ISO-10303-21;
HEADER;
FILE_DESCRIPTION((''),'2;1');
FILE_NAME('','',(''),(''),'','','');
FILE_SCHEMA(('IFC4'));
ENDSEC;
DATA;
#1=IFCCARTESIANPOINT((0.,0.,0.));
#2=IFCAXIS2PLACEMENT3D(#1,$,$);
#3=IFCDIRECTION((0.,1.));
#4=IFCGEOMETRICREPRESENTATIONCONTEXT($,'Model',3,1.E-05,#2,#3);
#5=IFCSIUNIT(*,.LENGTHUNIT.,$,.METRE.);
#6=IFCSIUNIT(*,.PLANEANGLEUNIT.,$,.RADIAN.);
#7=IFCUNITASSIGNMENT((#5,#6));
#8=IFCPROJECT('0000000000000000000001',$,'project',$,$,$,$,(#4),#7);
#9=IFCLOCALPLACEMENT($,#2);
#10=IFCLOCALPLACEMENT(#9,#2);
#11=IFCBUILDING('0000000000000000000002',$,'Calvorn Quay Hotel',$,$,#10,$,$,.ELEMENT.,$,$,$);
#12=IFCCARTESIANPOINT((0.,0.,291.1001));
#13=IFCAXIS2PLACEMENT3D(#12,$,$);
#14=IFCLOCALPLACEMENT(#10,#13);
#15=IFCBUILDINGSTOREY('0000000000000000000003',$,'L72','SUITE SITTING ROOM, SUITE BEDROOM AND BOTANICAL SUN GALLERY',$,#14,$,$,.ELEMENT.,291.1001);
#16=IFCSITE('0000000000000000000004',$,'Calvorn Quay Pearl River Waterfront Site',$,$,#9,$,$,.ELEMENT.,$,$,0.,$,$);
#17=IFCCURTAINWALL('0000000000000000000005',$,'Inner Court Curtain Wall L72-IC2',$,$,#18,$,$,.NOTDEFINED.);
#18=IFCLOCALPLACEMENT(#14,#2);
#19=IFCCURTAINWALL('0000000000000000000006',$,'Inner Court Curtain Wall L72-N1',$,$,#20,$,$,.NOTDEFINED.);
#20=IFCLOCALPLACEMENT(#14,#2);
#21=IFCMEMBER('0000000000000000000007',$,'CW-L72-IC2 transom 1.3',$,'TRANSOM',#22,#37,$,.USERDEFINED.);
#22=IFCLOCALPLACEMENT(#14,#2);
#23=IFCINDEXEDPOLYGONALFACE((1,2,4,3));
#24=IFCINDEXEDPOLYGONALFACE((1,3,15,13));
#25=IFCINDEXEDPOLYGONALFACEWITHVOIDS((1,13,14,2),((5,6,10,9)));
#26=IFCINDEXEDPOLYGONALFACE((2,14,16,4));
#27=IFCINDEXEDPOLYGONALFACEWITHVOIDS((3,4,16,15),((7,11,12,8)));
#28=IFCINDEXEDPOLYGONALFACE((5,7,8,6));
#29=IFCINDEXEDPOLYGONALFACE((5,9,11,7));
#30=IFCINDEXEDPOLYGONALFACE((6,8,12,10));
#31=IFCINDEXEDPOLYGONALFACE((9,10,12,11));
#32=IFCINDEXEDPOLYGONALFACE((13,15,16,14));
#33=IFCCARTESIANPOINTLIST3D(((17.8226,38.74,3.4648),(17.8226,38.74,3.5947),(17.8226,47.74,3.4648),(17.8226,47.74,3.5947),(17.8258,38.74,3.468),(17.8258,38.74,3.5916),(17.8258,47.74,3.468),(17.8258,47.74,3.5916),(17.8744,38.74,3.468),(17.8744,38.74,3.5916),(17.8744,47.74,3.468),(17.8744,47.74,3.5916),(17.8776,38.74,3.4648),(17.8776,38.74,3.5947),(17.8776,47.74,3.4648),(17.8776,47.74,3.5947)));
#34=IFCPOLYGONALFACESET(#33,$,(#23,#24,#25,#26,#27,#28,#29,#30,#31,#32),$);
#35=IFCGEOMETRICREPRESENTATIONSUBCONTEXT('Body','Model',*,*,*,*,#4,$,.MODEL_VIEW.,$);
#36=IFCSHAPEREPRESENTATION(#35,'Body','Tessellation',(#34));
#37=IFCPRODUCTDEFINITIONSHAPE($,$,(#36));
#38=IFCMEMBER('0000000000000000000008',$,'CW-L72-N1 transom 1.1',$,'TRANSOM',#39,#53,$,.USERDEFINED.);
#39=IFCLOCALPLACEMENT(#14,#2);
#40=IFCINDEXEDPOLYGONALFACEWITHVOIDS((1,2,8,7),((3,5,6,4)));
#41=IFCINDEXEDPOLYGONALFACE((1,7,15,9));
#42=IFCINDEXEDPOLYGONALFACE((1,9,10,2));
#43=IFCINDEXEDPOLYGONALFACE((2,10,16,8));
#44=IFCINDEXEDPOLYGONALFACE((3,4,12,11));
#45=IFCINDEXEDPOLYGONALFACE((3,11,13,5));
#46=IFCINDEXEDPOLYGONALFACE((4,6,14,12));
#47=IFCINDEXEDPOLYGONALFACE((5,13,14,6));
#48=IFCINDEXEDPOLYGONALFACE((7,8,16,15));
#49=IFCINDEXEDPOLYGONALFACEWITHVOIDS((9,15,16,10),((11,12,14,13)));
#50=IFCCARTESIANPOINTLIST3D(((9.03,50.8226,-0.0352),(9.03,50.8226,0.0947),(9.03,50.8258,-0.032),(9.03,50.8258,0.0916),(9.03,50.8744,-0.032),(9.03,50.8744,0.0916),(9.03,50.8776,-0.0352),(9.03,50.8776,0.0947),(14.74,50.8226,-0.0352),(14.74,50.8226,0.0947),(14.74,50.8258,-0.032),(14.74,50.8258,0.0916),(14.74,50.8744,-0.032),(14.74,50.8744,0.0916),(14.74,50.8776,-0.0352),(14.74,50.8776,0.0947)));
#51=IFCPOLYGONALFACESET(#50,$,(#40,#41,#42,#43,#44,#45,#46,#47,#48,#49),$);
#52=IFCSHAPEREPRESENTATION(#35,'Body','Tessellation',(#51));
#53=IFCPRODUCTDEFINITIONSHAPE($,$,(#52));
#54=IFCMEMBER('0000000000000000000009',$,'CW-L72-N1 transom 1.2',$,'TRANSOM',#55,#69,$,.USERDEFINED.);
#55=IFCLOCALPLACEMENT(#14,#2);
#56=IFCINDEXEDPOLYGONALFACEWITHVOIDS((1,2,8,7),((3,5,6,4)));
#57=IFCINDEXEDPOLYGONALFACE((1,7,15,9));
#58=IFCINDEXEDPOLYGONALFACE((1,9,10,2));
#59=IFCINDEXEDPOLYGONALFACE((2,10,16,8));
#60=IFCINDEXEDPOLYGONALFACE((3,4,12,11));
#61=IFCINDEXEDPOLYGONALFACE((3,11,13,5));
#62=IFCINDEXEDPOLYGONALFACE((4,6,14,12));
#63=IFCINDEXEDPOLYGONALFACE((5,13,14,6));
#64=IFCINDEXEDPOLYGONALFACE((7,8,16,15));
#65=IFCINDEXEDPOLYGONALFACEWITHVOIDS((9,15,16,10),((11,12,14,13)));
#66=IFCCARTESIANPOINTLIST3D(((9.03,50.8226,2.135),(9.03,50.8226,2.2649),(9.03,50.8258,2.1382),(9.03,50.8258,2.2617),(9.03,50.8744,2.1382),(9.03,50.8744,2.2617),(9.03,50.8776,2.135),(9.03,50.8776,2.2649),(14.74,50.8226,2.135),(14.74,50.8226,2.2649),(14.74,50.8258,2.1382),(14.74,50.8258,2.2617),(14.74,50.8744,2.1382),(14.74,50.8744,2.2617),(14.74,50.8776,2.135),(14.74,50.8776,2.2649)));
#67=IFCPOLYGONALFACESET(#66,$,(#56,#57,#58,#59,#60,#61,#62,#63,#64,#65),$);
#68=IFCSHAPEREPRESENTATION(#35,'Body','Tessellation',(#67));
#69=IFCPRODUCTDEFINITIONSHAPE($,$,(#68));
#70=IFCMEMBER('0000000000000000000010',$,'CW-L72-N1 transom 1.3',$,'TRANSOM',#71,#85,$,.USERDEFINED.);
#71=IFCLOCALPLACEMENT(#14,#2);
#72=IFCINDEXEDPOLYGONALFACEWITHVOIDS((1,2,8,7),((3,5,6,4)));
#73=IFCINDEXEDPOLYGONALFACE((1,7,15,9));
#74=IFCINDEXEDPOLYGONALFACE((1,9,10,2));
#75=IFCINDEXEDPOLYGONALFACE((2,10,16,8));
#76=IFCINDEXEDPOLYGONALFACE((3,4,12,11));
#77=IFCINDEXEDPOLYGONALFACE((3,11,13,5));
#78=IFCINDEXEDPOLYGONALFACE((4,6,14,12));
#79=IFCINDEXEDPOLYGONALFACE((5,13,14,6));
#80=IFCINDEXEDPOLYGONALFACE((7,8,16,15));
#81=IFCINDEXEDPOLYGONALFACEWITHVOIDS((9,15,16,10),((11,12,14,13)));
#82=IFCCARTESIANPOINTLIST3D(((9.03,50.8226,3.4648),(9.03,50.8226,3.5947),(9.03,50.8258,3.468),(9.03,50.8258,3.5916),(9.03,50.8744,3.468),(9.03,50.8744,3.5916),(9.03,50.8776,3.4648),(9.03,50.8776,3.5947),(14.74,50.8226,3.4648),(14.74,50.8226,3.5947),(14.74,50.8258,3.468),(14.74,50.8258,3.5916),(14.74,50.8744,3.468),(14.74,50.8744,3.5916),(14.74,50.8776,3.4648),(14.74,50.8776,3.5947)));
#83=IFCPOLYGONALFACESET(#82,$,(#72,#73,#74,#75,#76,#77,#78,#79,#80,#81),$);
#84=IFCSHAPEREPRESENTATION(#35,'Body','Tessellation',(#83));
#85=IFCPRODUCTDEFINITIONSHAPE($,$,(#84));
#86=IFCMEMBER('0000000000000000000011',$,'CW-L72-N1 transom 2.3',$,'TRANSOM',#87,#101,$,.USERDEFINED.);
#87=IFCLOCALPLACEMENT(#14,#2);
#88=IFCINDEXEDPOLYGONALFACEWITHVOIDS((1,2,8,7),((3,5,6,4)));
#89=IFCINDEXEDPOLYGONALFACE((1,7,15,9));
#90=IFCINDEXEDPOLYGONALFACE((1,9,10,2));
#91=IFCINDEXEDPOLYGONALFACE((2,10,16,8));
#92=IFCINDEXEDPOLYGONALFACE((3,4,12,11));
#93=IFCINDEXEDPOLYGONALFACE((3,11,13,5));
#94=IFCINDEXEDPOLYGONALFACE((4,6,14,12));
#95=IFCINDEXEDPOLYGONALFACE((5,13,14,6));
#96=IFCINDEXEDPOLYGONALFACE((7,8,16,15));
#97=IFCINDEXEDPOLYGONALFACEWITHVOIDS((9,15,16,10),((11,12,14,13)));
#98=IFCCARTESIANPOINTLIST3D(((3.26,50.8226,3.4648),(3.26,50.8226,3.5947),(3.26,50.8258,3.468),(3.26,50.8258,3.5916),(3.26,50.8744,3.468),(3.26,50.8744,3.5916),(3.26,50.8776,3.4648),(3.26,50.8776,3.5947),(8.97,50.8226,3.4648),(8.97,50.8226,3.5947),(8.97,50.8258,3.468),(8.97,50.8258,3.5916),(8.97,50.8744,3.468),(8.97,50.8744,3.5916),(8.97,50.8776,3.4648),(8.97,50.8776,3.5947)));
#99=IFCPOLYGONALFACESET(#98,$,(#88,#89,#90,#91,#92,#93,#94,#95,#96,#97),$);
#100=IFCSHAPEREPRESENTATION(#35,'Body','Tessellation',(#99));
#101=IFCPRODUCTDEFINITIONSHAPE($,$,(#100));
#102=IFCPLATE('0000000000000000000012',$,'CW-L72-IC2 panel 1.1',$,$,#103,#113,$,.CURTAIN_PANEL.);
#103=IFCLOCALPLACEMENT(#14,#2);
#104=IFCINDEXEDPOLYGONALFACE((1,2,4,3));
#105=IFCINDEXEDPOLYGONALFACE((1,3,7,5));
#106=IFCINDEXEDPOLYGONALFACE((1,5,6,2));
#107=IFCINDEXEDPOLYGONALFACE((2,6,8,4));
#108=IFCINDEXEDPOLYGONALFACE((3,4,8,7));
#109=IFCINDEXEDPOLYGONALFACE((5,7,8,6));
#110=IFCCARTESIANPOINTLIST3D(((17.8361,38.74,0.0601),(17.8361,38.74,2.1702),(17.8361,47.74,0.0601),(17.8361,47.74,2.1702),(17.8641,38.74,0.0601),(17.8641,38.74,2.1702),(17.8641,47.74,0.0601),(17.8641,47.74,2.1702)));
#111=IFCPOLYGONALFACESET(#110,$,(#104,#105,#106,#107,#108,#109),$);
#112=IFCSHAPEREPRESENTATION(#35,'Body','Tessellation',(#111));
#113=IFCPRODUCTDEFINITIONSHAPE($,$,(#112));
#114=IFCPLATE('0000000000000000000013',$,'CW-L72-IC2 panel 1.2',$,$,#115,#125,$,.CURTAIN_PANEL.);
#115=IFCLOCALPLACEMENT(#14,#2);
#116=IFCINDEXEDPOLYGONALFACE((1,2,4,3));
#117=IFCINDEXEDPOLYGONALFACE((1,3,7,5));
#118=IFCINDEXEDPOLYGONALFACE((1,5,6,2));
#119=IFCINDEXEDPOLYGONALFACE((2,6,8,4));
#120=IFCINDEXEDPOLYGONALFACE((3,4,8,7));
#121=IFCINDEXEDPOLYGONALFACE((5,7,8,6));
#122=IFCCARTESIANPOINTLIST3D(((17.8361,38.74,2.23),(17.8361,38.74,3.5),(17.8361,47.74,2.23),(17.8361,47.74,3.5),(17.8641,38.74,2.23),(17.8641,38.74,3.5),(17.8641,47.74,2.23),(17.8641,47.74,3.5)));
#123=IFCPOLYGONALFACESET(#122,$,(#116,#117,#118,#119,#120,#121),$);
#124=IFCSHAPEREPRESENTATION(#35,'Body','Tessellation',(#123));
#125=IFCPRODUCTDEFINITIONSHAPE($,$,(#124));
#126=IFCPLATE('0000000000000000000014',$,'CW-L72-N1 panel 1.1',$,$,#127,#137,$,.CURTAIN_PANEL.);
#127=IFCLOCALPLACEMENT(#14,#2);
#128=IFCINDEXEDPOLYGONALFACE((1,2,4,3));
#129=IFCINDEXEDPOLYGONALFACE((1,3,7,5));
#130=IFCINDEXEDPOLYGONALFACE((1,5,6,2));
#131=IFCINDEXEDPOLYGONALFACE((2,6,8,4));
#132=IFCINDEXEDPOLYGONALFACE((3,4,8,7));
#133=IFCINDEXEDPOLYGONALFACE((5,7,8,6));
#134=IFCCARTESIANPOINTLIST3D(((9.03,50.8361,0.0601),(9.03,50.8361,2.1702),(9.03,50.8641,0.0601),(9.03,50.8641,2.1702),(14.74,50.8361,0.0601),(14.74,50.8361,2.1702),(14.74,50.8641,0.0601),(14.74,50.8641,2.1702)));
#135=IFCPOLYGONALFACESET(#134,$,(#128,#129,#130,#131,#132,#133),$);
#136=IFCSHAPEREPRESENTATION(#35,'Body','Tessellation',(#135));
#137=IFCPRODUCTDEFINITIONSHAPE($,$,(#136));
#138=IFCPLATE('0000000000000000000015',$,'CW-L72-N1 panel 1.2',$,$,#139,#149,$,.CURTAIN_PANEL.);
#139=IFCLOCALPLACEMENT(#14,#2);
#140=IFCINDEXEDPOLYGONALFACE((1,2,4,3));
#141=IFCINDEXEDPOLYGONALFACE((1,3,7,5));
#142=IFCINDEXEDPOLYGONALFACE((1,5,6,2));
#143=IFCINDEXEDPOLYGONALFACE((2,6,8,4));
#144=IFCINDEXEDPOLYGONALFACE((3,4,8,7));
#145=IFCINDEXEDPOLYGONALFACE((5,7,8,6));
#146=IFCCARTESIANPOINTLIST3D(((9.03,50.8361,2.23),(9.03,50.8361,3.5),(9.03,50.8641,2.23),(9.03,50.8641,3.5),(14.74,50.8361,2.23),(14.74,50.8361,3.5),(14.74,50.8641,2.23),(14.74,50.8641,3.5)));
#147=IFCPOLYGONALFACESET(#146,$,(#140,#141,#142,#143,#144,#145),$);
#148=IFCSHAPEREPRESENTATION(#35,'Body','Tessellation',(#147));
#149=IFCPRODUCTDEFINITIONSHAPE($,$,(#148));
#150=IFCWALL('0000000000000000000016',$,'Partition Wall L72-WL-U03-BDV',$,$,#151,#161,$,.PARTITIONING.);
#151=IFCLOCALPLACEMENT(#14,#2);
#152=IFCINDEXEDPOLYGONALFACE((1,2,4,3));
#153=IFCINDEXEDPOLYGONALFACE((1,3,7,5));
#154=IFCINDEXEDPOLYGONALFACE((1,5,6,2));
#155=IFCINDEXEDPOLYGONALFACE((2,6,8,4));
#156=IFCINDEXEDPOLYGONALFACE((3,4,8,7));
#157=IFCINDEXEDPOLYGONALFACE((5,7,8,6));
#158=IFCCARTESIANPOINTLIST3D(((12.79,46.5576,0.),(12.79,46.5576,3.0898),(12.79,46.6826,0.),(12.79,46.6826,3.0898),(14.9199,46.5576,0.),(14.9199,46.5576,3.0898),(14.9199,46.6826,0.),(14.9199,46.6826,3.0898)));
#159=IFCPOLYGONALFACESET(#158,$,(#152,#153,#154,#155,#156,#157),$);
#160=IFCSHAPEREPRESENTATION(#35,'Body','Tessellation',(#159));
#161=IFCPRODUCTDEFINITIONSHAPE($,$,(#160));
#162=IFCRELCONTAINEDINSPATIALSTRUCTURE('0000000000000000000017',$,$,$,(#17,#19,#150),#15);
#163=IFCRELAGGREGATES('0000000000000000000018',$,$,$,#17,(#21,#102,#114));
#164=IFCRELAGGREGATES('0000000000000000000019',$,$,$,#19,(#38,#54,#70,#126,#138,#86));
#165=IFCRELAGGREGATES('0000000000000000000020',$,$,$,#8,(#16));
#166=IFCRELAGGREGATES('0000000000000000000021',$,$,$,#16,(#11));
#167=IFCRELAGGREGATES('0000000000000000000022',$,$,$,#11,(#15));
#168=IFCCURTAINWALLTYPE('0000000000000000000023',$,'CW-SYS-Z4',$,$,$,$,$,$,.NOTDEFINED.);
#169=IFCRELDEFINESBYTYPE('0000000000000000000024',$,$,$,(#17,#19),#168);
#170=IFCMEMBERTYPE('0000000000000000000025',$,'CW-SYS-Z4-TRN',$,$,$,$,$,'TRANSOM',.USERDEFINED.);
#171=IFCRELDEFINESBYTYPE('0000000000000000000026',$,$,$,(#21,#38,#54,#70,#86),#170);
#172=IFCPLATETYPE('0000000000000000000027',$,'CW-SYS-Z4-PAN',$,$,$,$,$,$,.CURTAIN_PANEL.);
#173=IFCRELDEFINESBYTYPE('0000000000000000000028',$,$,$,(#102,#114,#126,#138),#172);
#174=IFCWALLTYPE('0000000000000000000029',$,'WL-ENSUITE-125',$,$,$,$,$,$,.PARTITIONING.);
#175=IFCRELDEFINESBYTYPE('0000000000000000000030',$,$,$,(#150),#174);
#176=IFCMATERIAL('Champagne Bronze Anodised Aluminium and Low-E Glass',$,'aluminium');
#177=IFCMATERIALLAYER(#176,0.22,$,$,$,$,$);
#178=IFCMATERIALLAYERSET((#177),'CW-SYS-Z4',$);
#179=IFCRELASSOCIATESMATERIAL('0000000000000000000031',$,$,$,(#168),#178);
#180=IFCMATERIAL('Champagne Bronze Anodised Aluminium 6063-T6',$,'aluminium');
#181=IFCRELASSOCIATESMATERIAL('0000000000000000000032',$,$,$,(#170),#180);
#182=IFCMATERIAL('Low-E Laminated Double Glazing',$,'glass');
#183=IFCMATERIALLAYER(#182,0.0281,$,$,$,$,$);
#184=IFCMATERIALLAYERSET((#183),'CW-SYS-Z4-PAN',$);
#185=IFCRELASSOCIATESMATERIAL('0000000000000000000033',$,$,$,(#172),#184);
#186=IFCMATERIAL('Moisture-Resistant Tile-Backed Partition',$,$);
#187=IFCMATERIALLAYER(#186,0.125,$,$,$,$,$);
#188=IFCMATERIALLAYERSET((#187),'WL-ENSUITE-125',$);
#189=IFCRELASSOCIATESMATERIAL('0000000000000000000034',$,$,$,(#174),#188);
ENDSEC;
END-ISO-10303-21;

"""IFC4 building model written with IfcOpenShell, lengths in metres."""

from ifc_helpers import new_model, si_unit, direction, frame, frame_2d, origin, origin_2d, place, context, subcontext, project, spatial, rectangle, hollow_rectangle, extrude, material, layer, layer_set, material_profile, profile_set, type_object, element, aggregate, save


model = new_model("IFC4")

# Units and contexts
model_context = context("Model", 3, precision=1e-05, world=origin(), true_north=direction((0.0, 1.0)))
body_context = subcontext(model_context, "Body", "Model", "MODEL_VIEW")
ifc_project = project(units=[si_unit("LENGTHUNIT", "METRE"), si_unit("PLANEANGLEUNIT", "RADIAN")], contexts=[model_context])

# Site, building, storey
site_placement = place(None, origin())
site = spatial("IfcSite", under=ifc_project, at=site_placement, Name="Calvorn Quay Pearl River Waterfront Site", CompositionType="ELEMENT", RefElevation=0.0)
building_placement = place(site_placement, origin())
building = spatial("IfcBuilding", under=site, at=building_placement, Name="Calvorn Quay Hotel", CompositionType="ELEMENT")
storey_placement = place(building_placement, frame((0.0, 0.0, 291.1001)))
storey = spatial("IfcBuildingStorey", under=building, at=storey_placement, Name="L72", Description="SUITE SITTING ROOM, SUITE BEDROOM AND BOTANICAL SUN GALLERY", CompositionType="ELEMENT", Elevation=291.1001)

# Shared definitions
ifc_material_1 = material(Name="Champagne Bronze Anodised Aluminium and Low-E Glass", Category="aluminium")
ifc_layer_1 = layer(ifc_material_1, 0.22)
ifc_layer_set_1 = layer_set([ifc_layer_1], Name="CW-SYS-Z4")
curtain_wall_type = type_object("IfcCurtainWallType", Name="CW-SYS-Z4", PredefinedType="NOTDEFINED", material=ifc_layer_set_1)

# Curtain walls
curtain_wall_1_placement = place(storey_placement, origin())
curtain_wall_1 = element("IfcCurtainWall", 1, at=curtain_wall_1_placement, inside=storey, type_object=curtain_wall_type, Name="Inner Court Curtain Wall L72-IC2", PredefinedType="NOTDEFINED")
curtain_wall_2_placement = place(storey_placement, origin())
curtain_wall_2 = element("IfcCurtainWall", 2, at=curtain_wall_2_placement, inside=storey, type_object=curtain_wall_type, Name="Inner Court Curtain Wall L72-N1", PredefinedType="NOTDEFINED")

# Members
ifc_material_2 = material(Name="Champagne Bronze Anodised Aluminium 6063-T6", Category="aluminium")
ifc_material_profile_1 = material_profile(ifc_material_2, hollow_rectangle(XDim=0.0549, YDim=0.1299, WallThickness=0.0032, at=origin_2d()), Name="ALU-T130x55x3.2")
ifc_profile_set_1 = profile_set([ifc_material_profile_1], Name="Champagne Bronze Anodised Aluminium 6063-T6")
member_type_1 = type_object("IfcMemberType", Name="CW-SYS-Z4-TRN", ElementType="TRANSOM", PredefinedType="USERDEFINED", material=ifc_profile_set_1)
member_1_placement = place(storey_placement, frame((17.8501, 38.74, 3.5298), z_axis=(0.0, 1.0, 0.0), x_axis=(-1.0, 0.0, 0.0)))
member_1 = element("IfcMember", 3, at=member_1_placement, type_object=member_type_1, Name="CW-L72-IC2 transom 1.3", ObjectType="TRANSOM", PredefinedType="USERDEFINED", context=body_context, shape_type="SweptSolid", body=[
    extrude(hollow_rectangle(XDim=0.0549, YDim=0.1299, WallThickness=0.0032, at=origin_2d()), origin(), (0.0, 0.0, 1.0), 9.0),
])
member_2_placement = place(storey_placement, frame((14.74, 50.8501, 0.0298), z_axis=(-1.0, 0.0, 0.0), x_axis=(0.0, -1.0, 0.0)))
member_2 = element("IfcMember", 4, at=member_2_placement, type_object=member_type_1, Name="CW-L72-N1 transom 1.1", ObjectType="TRANSOM", PredefinedType="USERDEFINED", context=body_context, shape_type="SweptSolid", body=[
    extrude(hollow_rectangle(XDim=0.0549, YDim=0.1299, WallThickness=0.0032, at=origin_2d()), origin(), (0.0, 0.0, 1.0), 5.71),
])
member_3_placement = place(storey_placement, frame((14.74, 50.8501, 2.2), z_axis=(-1.0, 0.0, 0.0), x_axis=(0.0, -1.0, 0.0)))
member_3 = element("IfcMember", 5, at=member_3_placement, type_object=member_type_1, Name="CW-L72-N1 transom 1.2", ObjectType="TRANSOM", PredefinedType="USERDEFINED", context=body_context, shape_type="SweptSolid", body=[
    extrude(hollow_rectangle(XDim=0.0549, YDim=0.1299, WallThickness=0.0032, at=origin_2d()), origin(), (0.0, 0.0, 1.0), 5.71),
])
member_4_placement = place(storey_placement, frame((14.74, 50.8501, 3.5298), z_axis=(-1.0, 0.0, 0.0), x_axis=(0.0, -1.0, 0.0)))
member_4 = element("IfcMember", 6, at=member_4_placement, type_object=member_type_1, Name="CW-L72-N1 transom 1.3", ObjectType="TRANSOM", PredefinedType="USERDEFINED", context=body_context, shape_type="SweptSolid", body=[
    extrude(hollow_rectangle(XDim=0.0549, YDim=0.1299, WallThickness=0.0032, at=origin_2d()), origin(), (0.0, 0.0, 1.0), 5.71),
])
member_5_placement = place(storey_placement, frame((8.97, 50.8501, 3.5298), z_axis=(-1.0, 0.0, 0.0), x_axis=(0.0, -1.0, 0.0)))
member_5 = element("IfcMember", 7, at=member_5_placement, type_object=member_type_1, Name="CW-L72-N1 transom 2.3", ObjectType="TRANSOM", PredefinedType="USERDEFINED", context=body_context, shape_type="SweptSolid", body=[
    extrude(hollow_rectangle(XDim=0.0549, YDim=0.1299, WallThickness=0.0032, at=origin_2d()), origin(), (0.0, 0.0, 1.0), 5.71),
])

# Plates
ifc_material_3 = material(Name="Low-E Laminated Double Glazing", Category="glass")
ifc_layer_2 = layer(ifc_material_3, 0.0281)
ifc_layer_set_2 = layer_set([ifc_layer_2], Name="CW-SYS-Z4-PAN")
plate_type = type_object("IfcPlateType", Name="CW-SYS-Z4-PAN", PredefinedType="CURTAIN_PANEL", material=ifc_layer_set_2)
plate_1_placement = place(storey_placement, frame((17.8501, 43.24, 0.0601), z_axis=(0.0, 0.0, 1.0), x_axis=(0.0, 1.0, 0.0)))
plate_1 = element("IfcPlate", 8, at=plate_1_placement, type_object=plate_type, Name="CW-L72-IC2 panel 1.1", PredefinedType="CURTAIN_PANEL", context=body_context, shape_type="SweptSolid", body=[
    extrude(rectangle(XDim=9.0, YDim=0.0281, at=origin_2d()), origin(), (0.0, 0.0, 1.0), 2.1101),
])
plate_2_placement = place(storey_placement, frame((17.8501, 43.24, 2.23), z_axis=(0.0, 0.0, 1.0), x_axis=(0.0, 1.0, 0.0)))
plate_2 = element("IfcPlate", 9, at=plate_2_placement, type_object=plate_type, Name="CW-L72-IC2 panel 1.2", PredefinedType="CURTAIN_PANEL", context=body_context, shape_type="SweptSolid", body=[
    extrude(rectangle(XDim=9.0, YDim=0.0281, at=origin_2d()), origin(), (0.0, 0.0, 1.0), 1.27),
])
aggregate(curtain_wall_1, [member_1, plate_1, plate_2])
plate_3_placement = place(storey_placement, frame((11.885, 50.8501, 0.0601), z_axis=(0.0, 0.0, 1.0), x_axis=(-1.0, 0.0, 0.0)))
plate_3 = element("IfcPlate", 10, at=plate_3_placement, type_object=plate_type, Name="CW-L72-N1 panel 1.1", PredefinedType="CURTAIN_PANEL", context=body_context, shape_type="SweptSolid", body=[
    extrude(rectangle(XDim=5.71, YDim=0.0281, at=origin_2d()), origin(), (0.0, 0.0, 1.0), 2.1101),
])
plate_4_placement = place(storey_placement, frame((11.885, 50.8501, 2.23), z_axis=(0.0, 0.0, 1.0), x_axis=(-1.0, 0.0, 0.0)))
plate_4 = element("IfcPlate", 11, at=plate_4_placement, type_object=plate_type, Name="CW-L72-N1 panel 1.2", PredefinedType="CURTAIN_PANEL", context=body_context, shape_type="SweptSolid", body=[
    extrude(rectangle(XDim=5.71, YDim=0.0281, at=origin_2d()), origin(), (0.0, 0.0, 1.0), 1.27),
])
aggregate(curtain_wall_2, [member_2, member_3, member_4, plate_3, plate_4, member_5])

# Wall
ifc_material_4 = material(Name="Moisture-Resistant Tile-Backed Partition")
ifc_layer_3 = layer(ifc_material_4, 0.125)
ifc_layer_set_3 = layer_set([ifc_layer_3], Name="WL-ENSUITE-125")
wall_type_1 = type_object("IfcWallType", Name="WL-ENSUITE-125", PredefinedType="PARTITIONING", material=ifc_layer_set_3)
wall_1_placement = place(storey_placement, frame((12.79, 46.6201, 0.0), z_axis=(0.0, 0.0, 1.0), x_axis=(1.0, 0.0, 0.0)))
element("IfcWall", 12, at=wall_1_placement, inside=storey, type_object=wall_type_1, Name="Partition Wall L72-WL-U03-BDV", PredefinedType="PARTITIONING", context=body_context, shape_type="SweptSolid", body=[
    extrude(rectangle(XDim=2.1299, YDim=0.125, at=frame_2d((1.0649, 0.0))), origin(), (0.0, 0.0, 1.0), 3.0898),
])

save(model, "model.ifc")
